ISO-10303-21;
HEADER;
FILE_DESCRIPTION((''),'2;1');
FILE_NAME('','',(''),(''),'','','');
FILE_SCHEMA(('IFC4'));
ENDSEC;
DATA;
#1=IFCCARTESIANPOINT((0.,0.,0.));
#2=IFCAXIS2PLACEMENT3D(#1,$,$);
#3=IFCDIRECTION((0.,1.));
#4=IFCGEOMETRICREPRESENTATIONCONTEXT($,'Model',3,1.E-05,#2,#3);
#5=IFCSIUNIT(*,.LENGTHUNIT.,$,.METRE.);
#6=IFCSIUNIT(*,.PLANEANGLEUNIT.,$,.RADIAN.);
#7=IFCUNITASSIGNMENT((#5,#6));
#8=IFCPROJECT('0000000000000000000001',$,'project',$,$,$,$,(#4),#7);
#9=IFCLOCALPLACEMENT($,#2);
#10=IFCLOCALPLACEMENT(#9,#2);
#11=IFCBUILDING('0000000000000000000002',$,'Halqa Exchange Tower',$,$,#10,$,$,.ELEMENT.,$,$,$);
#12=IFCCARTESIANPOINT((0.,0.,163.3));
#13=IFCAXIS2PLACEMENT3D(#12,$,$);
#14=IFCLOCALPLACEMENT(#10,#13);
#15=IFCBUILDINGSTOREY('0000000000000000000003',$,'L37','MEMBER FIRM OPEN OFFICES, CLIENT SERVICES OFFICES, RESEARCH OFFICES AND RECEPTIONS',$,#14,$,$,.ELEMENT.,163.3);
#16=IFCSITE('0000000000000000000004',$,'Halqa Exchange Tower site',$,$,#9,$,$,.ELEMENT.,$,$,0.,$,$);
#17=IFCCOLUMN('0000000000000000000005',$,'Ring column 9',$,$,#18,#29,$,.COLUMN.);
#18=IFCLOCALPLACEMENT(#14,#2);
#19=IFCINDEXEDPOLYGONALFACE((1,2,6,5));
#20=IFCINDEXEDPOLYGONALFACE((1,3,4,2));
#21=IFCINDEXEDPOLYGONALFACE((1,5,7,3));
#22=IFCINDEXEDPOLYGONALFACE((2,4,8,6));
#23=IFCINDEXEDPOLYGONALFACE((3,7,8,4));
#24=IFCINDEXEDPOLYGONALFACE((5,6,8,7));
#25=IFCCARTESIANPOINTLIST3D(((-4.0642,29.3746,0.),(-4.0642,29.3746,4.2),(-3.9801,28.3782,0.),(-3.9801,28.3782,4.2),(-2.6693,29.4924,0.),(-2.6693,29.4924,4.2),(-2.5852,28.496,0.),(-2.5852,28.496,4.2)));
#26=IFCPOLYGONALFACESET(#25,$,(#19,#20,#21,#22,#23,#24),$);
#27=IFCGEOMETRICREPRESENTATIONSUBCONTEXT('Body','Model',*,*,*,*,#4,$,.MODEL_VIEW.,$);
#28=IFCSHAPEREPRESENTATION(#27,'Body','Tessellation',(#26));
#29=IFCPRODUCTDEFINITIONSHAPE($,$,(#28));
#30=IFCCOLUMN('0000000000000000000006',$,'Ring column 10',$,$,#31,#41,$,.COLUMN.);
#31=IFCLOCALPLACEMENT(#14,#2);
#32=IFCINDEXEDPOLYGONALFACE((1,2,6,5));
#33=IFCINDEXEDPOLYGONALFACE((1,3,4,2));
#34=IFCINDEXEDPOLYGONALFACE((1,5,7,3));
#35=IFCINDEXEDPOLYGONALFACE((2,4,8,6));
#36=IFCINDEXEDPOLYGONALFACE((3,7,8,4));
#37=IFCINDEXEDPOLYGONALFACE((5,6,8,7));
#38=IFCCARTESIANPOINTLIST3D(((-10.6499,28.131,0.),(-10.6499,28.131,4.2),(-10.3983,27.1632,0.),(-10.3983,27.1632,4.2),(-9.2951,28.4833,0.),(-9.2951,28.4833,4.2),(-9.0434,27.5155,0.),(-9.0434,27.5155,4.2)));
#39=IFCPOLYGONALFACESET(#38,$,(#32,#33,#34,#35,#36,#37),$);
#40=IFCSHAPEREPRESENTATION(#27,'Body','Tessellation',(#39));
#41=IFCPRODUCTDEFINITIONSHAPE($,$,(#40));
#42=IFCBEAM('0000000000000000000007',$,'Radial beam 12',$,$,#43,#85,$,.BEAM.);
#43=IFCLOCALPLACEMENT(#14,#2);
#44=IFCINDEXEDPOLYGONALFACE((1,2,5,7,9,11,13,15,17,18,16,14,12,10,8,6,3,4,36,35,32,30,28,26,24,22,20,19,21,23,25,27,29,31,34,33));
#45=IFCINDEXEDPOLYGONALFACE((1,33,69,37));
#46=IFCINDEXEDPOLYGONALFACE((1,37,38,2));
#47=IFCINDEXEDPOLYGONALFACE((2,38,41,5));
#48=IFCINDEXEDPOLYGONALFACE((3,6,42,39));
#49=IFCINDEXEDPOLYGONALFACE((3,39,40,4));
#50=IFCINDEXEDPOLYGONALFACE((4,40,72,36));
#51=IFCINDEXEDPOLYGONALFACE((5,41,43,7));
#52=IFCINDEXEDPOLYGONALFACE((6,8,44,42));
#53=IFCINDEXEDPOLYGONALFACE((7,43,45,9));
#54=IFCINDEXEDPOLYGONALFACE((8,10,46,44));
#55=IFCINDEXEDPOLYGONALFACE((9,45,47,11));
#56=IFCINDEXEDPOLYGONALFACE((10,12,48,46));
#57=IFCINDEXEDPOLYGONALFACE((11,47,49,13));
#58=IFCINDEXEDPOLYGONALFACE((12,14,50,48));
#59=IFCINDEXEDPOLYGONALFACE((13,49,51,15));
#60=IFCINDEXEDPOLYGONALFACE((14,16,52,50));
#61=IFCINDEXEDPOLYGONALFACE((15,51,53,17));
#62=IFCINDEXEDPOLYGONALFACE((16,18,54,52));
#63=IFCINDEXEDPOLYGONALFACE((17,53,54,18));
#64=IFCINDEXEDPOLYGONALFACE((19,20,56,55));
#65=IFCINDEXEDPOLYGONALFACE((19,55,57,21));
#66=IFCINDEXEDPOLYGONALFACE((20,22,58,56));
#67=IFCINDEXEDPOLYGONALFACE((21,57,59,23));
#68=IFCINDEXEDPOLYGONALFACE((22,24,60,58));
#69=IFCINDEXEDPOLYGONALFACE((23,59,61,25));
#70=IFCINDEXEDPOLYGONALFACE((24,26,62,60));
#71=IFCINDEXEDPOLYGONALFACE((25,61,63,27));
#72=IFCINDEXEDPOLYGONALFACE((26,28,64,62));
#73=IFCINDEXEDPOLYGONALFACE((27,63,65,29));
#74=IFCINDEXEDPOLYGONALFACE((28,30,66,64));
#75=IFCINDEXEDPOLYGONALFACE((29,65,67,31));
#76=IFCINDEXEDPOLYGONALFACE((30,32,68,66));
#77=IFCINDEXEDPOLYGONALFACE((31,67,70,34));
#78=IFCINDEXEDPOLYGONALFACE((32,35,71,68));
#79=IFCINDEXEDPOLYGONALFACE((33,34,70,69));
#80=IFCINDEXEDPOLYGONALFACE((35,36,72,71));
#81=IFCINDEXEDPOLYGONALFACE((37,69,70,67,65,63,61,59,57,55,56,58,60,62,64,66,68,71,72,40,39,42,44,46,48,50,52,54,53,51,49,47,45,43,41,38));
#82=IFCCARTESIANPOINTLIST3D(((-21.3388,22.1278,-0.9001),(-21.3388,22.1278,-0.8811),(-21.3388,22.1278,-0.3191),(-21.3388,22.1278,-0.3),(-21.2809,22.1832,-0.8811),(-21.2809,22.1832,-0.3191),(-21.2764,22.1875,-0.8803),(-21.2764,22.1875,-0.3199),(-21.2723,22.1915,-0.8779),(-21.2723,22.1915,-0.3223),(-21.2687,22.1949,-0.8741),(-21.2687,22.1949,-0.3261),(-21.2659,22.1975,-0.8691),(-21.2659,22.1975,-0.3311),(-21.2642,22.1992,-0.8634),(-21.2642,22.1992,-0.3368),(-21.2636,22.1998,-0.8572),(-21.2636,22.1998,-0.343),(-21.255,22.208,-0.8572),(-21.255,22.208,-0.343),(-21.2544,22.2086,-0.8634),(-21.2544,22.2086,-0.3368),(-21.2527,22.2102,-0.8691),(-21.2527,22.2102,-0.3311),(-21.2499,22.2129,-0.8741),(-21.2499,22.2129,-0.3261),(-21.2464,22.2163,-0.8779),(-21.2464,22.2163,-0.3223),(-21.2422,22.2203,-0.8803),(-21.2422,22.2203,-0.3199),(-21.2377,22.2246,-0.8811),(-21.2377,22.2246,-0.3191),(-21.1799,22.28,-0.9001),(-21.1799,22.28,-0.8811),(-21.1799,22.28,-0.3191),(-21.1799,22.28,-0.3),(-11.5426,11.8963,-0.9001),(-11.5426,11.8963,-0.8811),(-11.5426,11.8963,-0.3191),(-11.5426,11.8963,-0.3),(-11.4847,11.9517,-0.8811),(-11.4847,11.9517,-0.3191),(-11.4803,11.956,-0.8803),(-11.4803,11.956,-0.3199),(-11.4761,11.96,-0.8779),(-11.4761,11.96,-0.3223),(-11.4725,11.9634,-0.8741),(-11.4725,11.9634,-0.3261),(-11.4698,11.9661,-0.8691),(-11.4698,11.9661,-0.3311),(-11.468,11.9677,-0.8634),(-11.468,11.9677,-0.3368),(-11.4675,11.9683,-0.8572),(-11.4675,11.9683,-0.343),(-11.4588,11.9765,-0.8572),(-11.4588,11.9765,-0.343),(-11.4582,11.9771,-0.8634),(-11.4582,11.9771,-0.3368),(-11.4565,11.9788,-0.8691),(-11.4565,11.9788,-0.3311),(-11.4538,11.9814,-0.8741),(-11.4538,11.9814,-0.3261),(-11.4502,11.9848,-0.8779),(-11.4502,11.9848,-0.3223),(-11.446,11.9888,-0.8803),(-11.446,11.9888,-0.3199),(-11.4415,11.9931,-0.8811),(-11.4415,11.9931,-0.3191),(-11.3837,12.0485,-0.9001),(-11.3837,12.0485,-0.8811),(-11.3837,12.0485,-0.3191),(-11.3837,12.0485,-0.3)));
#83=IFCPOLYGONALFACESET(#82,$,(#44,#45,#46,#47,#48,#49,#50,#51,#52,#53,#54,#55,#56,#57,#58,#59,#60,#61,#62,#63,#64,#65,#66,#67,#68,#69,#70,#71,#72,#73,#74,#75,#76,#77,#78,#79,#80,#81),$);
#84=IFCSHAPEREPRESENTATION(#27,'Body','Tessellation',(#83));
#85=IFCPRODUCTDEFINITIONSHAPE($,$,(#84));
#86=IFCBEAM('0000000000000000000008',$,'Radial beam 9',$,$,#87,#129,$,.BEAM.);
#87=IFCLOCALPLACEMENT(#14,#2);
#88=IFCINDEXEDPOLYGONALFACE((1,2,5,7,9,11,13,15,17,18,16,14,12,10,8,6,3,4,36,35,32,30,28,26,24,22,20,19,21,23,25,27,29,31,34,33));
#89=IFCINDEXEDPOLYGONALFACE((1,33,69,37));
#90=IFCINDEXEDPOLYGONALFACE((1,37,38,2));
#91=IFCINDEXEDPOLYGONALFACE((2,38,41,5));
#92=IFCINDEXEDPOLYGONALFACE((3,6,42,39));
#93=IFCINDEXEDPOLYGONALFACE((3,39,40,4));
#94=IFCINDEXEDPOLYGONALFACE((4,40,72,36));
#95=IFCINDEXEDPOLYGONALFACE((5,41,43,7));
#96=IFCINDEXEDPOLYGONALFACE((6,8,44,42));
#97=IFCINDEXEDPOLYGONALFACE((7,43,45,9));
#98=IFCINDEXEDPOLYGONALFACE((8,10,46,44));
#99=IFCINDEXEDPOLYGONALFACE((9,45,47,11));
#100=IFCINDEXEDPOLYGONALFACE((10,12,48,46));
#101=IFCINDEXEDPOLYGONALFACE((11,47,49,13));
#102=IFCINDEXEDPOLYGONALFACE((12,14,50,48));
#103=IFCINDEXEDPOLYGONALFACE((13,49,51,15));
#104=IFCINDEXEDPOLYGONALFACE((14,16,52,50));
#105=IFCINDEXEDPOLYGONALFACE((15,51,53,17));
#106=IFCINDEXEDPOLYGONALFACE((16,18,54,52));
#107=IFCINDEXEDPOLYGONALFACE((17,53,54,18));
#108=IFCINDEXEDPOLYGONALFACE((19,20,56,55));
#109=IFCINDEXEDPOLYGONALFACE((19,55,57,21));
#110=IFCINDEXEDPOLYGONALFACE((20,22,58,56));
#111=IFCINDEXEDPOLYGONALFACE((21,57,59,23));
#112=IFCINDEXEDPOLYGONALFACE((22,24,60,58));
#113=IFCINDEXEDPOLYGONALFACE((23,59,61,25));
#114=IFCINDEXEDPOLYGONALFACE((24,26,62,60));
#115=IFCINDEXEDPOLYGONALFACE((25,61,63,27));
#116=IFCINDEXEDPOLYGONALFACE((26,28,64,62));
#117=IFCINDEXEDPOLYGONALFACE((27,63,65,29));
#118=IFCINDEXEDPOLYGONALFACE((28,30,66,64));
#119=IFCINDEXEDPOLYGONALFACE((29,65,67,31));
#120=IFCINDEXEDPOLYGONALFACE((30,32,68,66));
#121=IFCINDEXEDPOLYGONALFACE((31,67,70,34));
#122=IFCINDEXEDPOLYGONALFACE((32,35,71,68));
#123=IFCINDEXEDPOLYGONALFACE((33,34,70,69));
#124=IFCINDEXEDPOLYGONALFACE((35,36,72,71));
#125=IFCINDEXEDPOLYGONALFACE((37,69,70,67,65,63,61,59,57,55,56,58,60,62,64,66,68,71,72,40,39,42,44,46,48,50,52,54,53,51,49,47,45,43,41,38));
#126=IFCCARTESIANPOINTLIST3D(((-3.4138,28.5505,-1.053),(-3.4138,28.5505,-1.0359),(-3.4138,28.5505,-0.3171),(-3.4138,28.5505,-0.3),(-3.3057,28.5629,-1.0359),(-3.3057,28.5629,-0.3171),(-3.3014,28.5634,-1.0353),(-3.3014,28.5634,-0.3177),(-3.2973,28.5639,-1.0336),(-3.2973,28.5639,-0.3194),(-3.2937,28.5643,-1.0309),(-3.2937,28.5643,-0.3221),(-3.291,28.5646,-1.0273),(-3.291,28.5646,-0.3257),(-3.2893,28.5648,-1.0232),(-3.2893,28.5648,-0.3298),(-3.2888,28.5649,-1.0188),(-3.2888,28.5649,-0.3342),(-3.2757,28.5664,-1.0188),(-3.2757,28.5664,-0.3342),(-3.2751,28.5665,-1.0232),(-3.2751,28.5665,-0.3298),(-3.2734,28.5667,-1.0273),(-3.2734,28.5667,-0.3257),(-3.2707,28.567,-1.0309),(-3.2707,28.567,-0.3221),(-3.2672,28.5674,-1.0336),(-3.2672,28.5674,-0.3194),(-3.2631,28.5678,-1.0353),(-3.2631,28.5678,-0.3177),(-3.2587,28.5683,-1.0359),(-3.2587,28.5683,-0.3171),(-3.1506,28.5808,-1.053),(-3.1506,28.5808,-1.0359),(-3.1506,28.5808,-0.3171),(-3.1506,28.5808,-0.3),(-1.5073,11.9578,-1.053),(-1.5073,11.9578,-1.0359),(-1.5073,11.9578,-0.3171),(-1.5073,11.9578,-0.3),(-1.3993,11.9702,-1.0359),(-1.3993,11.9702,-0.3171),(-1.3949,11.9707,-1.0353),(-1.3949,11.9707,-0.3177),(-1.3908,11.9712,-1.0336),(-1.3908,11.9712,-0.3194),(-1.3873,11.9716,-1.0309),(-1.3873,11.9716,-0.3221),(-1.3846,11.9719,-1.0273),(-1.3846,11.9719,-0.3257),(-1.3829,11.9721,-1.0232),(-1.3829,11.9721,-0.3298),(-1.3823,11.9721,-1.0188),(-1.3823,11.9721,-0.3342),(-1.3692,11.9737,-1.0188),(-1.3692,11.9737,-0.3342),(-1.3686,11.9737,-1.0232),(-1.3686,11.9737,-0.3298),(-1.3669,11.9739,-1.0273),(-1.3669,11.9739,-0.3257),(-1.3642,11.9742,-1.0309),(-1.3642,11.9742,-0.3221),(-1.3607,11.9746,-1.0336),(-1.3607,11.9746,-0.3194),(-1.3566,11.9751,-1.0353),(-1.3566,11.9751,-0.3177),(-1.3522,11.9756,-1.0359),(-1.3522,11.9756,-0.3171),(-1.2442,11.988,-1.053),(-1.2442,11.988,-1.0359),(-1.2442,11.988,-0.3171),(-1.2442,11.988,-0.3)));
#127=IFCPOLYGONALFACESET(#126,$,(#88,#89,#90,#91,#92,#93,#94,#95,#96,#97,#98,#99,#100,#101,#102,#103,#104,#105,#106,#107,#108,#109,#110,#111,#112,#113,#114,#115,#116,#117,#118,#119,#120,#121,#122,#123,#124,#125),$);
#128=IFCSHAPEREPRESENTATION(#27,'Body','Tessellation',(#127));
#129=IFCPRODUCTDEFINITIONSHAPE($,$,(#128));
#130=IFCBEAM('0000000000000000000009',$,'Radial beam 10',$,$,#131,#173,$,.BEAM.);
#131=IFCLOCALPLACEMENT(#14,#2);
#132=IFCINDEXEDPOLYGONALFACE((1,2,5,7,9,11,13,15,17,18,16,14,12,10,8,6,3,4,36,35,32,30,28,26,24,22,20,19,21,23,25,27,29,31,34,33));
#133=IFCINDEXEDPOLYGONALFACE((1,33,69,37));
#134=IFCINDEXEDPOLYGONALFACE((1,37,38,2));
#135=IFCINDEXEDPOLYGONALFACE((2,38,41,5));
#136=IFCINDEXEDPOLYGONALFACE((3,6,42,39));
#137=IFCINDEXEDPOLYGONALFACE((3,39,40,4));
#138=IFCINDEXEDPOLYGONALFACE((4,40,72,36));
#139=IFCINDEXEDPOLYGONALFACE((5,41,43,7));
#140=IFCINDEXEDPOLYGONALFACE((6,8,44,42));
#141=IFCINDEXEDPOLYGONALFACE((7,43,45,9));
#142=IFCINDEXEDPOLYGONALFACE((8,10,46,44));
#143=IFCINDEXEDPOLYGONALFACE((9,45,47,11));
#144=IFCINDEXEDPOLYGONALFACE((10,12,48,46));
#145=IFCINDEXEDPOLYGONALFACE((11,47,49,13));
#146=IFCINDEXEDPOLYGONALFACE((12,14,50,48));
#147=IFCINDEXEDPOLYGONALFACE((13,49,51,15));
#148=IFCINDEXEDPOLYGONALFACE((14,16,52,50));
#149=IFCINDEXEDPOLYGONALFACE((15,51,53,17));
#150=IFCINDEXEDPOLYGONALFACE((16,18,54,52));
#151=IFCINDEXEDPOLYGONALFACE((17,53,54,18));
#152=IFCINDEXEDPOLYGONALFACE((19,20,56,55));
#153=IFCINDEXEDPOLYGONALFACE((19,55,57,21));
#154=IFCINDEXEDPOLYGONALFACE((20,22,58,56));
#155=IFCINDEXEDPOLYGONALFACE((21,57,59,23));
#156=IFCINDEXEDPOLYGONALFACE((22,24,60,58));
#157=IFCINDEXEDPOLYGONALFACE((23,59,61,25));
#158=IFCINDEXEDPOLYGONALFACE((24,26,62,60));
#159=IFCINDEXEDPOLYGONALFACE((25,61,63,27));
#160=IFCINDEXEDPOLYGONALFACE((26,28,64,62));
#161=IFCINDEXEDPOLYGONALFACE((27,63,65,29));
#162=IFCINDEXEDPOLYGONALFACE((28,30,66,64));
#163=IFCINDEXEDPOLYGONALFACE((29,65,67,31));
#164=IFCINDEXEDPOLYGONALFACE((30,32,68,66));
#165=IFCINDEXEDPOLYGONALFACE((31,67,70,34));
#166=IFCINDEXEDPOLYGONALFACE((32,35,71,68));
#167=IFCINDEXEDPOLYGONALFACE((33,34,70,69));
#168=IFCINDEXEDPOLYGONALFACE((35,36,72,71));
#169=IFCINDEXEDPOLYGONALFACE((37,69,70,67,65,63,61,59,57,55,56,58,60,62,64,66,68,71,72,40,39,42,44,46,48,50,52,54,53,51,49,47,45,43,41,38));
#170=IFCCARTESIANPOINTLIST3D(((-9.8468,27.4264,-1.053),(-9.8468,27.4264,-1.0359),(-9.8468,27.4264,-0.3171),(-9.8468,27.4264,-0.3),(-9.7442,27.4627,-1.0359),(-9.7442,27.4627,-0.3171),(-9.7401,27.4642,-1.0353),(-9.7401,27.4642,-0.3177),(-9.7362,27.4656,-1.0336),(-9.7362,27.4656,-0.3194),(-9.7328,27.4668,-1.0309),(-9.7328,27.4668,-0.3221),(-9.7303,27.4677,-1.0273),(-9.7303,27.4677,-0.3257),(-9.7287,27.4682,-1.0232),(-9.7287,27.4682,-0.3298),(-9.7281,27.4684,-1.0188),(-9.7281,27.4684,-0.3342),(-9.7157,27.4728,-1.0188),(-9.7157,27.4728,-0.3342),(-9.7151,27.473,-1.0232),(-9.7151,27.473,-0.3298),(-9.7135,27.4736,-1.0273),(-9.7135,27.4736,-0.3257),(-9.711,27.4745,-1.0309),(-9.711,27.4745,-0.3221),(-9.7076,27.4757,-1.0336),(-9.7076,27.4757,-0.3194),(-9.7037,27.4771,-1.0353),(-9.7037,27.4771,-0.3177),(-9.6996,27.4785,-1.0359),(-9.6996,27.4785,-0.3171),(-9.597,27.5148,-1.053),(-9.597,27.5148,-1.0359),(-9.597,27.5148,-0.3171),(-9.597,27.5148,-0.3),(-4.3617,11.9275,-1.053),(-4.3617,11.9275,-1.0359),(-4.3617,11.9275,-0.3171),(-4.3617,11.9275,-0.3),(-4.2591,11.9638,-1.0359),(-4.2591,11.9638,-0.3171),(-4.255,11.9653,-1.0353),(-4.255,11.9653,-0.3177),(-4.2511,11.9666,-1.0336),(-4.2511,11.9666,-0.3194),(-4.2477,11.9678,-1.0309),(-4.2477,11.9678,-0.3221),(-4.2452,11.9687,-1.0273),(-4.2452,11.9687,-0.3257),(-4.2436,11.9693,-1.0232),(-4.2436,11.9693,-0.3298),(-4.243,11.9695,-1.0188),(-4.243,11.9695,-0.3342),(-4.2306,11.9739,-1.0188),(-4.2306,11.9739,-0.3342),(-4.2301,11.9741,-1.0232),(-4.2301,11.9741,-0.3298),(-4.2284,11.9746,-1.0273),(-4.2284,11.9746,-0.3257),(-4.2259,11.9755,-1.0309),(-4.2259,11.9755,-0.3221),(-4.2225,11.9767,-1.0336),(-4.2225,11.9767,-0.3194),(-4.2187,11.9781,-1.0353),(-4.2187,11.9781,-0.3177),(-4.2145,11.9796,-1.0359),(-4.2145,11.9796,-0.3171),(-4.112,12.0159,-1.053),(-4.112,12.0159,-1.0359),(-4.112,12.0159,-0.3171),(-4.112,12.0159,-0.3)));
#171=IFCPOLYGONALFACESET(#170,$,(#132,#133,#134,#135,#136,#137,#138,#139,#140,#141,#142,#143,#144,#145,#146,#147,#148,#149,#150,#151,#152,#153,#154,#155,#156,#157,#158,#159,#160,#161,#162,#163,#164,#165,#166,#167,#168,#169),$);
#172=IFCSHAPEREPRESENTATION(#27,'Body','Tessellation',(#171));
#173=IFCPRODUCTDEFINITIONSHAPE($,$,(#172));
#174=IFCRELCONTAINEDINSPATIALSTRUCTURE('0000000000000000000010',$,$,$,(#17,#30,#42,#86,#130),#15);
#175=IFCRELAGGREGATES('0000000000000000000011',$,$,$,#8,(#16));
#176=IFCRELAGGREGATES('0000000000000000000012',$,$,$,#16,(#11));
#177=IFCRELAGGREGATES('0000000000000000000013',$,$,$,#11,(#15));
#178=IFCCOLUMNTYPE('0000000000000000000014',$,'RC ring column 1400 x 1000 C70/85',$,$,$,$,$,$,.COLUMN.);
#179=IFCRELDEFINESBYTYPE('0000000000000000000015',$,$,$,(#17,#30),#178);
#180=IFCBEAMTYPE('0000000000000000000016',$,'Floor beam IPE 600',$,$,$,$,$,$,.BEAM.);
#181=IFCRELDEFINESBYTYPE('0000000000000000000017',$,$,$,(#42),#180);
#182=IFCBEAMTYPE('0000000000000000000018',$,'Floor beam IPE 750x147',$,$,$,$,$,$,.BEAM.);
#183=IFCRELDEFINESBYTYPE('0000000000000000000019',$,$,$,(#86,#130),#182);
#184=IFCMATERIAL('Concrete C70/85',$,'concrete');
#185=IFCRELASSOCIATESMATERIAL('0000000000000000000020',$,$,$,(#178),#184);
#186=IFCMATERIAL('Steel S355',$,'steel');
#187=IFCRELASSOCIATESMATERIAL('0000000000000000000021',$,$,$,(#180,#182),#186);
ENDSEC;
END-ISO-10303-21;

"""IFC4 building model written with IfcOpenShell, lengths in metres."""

from ifc_helpers import new_model, si_unit, direction, frame, origin, origin_2d, place, context, subcontext, project, spatial, rectangle, i_section, extrude, material, material_profile, profile_set, type_object, element, save


model = new_model("IFC4")

# Units and contexts
model_context = context("Model", 3, precision=1e-05, world=origin(), true_north=direction((0.0, 1.0)))
body_context = subcontext(model_context, "Body", "Model", "MODEL_VIEW")
ifc_project = project(units=[si_unit("LENGTHUNIT", "METRE"), si_unit("PLANEANGLEUNIT", "RADIAN")], contexts=[model_context])

# Site, building, storey
site_placement = place(None, origin())
site = spatial("IfcSite", under=ifc_project, at=site_placement, Name="Halqa Exchange Tower site", CompositionType="ELEMENT", RefElevation=0.0)
building_placement = place(site_placement, origin())
building = spatial("IfcBuilding", under=site, at=building_placement, Name="Halqa Exchange Tower", CompositionType="ELEMENT")
storey_placement = place(building_placement, frame((0.0, 0.0, 163.3)))
storey = spatial("IfcBuildingStorey", under=building, at=storey_placement, Name="L37", Description="MEMBER FIRM OPEN OFFICES, CLIENT SERVICES OFFICES, RESEARCH OFFICES AND RECEPTIONS", CompositionType="ELEMENT", Elevation=163.3)

# Columns
ifc_material_1 = material(Name="Concrete C70/85", Category="concrete")
ifc_material_profile_1 = material_profile(ifc_material_1, rectangle(XDim=1.3999, YDim=1.0, at=origin_2d()), Name="1400 x 1000")
ifc_profile_set_1 = profile_set([ifc_material_profile_1], Name="Concrete C70/85")
column_type = type_object("IfcColumnType", Name="RC ring column 1400 x 1000 C70/85", PredefinedType="COLUMN", material=ifc_profile_set_1)
for number, where, z_axis, x_axis, name in (
    (1, (-3.3247, 28.9353, 0.0), (0.0, 0.0, 1.0), (-0.996455, -0.084125, 0.0), "Ring column 9"),
    (2, (-9.8467, 27.8232, 0.0), (0.0, 0.0, 1.0), (-0.96782, -0.251645, 0.0), "Ring column 10"),
):
    element("IfcColumn", number, at=place(storey_placement, frame(where, z_axis=z_axis, x_axis=x_axis)), inside=storey, type_object=column_type, Name=name, PredefinedType="COLUMN", context=body_context, shape_type="SweptSolid", body=[
        extrude(rectangle(XDim=1.3999, YDim=1.0, at=origin_2d()), origin(), (0.0, 0.0, 1.0), 4.2),
    ])

# Beams
ifc_material_2 = material(Name="Steel S355", Category="steel")
ifc_material_profile_2 = material_profile(ifc_material_2, i_section(OverallWidth=0.22, OverallDepth=0.6001, WebThickness=0.012, FlangeThickness=0.019, FilletRadius=0.0239, at=origin_2d()), Name="IPE 600")
ifc_profile_set_2 = profile_set([ifc_material_profile_2], Name="Steel S355")
beam_type_1 = type_object("IfcBeamType", Name="Floor beam IPE 600", PredefinedType="BEAM", material=ifc_profile_set_2)
beam_1_placement = place(storey_placement, frame((-11.4631, 11.9724, -0.6001), z_axis=(-0.691574, 0.722305, 0.0), x_axis=(-0.722305, -0.691574, 0.0)))
element("IfcBeam", 3, at=beam_1_placement, inside=storey, type_object=beam_type_1, Name="Radial beam 12", PredefinedType="BEAM", context=body_context, shape_type="SweptSolid", body=[
    extrude(i_section(OverallWidth=0.22, OverallDepth=0.6001, WebThickness=0.012, FlangeThickness=0.019, FilletRadius=0.0239, at=origin_2d()), origin(), (0.0, 0.0, 1.0), 14.165),
])
ifc_material_profile_3 = material_profile(ifc_material_2, i_section(OverallWidth=0.2649, OverallDepth=0.7529, WebThickness=0.0132, FlangeThickness=0.0171, FilletRadius=0.0171, at=origin_2d()), Name="IPE 750x147")
ifc_profile_set_3 = profile_set([ifc_material_profile_3], Name="Steel S355")
beam_type_2 = type_object("IfcBeamType", Name="Floor beam IPE 750x147", PredefinedType="BEAM", material=ifc_profile_set_3)
beam_2_placement = place(storey_placement, frame((-1.3757, 11.9729, -0.6765), z_axis=(-0.114148, 0.993464, 0.0), x_axis=(-0.993464, -0.114148, 0.0)))
element("IfcBeam", 4, at=beam_2_placement, inside=storey, type_object=beam_type_2, Name="Radial beam 9", PredefinedType="BEAM", context=body_context, shape_type="SweptSolid", body=[
    extrude(i_section(OverallWidth=0.2649, OverallDepth=0.7529, WebThickness=0.0132, FlangeThickness=0.0171, FilletRadius=0.0171, at=origin_2d()), origin(), (0.0, 0.0, 1.0), 16.7019),
])
beam_3_placement = place(storey_placement, frame((-4.2368, 11.9717, -0.6765), z_axis=(-0.333624, 0.942706, 0.0), x_axis=(-0.942706, -0.333624, 0.0)))
element("IfcBeam", 5, at=beam_3_placement, inside=storey, type_object=beam_type_2, Name="Radial beam 10", PredefinedType="BEAM", context=body_context, shape_type="SweptSolid", body=[
    extrude(i_section(OverallWidth=0.2649, OverallDepth=0.7529, WebThickness=0.0132, FlangeThickness=0.0171, FilletRadius=0.0171, at=origin_2d()), origin(), (0.0, 0.0, 1.0), 16.4409),
])

save(model, "model.ifc")
